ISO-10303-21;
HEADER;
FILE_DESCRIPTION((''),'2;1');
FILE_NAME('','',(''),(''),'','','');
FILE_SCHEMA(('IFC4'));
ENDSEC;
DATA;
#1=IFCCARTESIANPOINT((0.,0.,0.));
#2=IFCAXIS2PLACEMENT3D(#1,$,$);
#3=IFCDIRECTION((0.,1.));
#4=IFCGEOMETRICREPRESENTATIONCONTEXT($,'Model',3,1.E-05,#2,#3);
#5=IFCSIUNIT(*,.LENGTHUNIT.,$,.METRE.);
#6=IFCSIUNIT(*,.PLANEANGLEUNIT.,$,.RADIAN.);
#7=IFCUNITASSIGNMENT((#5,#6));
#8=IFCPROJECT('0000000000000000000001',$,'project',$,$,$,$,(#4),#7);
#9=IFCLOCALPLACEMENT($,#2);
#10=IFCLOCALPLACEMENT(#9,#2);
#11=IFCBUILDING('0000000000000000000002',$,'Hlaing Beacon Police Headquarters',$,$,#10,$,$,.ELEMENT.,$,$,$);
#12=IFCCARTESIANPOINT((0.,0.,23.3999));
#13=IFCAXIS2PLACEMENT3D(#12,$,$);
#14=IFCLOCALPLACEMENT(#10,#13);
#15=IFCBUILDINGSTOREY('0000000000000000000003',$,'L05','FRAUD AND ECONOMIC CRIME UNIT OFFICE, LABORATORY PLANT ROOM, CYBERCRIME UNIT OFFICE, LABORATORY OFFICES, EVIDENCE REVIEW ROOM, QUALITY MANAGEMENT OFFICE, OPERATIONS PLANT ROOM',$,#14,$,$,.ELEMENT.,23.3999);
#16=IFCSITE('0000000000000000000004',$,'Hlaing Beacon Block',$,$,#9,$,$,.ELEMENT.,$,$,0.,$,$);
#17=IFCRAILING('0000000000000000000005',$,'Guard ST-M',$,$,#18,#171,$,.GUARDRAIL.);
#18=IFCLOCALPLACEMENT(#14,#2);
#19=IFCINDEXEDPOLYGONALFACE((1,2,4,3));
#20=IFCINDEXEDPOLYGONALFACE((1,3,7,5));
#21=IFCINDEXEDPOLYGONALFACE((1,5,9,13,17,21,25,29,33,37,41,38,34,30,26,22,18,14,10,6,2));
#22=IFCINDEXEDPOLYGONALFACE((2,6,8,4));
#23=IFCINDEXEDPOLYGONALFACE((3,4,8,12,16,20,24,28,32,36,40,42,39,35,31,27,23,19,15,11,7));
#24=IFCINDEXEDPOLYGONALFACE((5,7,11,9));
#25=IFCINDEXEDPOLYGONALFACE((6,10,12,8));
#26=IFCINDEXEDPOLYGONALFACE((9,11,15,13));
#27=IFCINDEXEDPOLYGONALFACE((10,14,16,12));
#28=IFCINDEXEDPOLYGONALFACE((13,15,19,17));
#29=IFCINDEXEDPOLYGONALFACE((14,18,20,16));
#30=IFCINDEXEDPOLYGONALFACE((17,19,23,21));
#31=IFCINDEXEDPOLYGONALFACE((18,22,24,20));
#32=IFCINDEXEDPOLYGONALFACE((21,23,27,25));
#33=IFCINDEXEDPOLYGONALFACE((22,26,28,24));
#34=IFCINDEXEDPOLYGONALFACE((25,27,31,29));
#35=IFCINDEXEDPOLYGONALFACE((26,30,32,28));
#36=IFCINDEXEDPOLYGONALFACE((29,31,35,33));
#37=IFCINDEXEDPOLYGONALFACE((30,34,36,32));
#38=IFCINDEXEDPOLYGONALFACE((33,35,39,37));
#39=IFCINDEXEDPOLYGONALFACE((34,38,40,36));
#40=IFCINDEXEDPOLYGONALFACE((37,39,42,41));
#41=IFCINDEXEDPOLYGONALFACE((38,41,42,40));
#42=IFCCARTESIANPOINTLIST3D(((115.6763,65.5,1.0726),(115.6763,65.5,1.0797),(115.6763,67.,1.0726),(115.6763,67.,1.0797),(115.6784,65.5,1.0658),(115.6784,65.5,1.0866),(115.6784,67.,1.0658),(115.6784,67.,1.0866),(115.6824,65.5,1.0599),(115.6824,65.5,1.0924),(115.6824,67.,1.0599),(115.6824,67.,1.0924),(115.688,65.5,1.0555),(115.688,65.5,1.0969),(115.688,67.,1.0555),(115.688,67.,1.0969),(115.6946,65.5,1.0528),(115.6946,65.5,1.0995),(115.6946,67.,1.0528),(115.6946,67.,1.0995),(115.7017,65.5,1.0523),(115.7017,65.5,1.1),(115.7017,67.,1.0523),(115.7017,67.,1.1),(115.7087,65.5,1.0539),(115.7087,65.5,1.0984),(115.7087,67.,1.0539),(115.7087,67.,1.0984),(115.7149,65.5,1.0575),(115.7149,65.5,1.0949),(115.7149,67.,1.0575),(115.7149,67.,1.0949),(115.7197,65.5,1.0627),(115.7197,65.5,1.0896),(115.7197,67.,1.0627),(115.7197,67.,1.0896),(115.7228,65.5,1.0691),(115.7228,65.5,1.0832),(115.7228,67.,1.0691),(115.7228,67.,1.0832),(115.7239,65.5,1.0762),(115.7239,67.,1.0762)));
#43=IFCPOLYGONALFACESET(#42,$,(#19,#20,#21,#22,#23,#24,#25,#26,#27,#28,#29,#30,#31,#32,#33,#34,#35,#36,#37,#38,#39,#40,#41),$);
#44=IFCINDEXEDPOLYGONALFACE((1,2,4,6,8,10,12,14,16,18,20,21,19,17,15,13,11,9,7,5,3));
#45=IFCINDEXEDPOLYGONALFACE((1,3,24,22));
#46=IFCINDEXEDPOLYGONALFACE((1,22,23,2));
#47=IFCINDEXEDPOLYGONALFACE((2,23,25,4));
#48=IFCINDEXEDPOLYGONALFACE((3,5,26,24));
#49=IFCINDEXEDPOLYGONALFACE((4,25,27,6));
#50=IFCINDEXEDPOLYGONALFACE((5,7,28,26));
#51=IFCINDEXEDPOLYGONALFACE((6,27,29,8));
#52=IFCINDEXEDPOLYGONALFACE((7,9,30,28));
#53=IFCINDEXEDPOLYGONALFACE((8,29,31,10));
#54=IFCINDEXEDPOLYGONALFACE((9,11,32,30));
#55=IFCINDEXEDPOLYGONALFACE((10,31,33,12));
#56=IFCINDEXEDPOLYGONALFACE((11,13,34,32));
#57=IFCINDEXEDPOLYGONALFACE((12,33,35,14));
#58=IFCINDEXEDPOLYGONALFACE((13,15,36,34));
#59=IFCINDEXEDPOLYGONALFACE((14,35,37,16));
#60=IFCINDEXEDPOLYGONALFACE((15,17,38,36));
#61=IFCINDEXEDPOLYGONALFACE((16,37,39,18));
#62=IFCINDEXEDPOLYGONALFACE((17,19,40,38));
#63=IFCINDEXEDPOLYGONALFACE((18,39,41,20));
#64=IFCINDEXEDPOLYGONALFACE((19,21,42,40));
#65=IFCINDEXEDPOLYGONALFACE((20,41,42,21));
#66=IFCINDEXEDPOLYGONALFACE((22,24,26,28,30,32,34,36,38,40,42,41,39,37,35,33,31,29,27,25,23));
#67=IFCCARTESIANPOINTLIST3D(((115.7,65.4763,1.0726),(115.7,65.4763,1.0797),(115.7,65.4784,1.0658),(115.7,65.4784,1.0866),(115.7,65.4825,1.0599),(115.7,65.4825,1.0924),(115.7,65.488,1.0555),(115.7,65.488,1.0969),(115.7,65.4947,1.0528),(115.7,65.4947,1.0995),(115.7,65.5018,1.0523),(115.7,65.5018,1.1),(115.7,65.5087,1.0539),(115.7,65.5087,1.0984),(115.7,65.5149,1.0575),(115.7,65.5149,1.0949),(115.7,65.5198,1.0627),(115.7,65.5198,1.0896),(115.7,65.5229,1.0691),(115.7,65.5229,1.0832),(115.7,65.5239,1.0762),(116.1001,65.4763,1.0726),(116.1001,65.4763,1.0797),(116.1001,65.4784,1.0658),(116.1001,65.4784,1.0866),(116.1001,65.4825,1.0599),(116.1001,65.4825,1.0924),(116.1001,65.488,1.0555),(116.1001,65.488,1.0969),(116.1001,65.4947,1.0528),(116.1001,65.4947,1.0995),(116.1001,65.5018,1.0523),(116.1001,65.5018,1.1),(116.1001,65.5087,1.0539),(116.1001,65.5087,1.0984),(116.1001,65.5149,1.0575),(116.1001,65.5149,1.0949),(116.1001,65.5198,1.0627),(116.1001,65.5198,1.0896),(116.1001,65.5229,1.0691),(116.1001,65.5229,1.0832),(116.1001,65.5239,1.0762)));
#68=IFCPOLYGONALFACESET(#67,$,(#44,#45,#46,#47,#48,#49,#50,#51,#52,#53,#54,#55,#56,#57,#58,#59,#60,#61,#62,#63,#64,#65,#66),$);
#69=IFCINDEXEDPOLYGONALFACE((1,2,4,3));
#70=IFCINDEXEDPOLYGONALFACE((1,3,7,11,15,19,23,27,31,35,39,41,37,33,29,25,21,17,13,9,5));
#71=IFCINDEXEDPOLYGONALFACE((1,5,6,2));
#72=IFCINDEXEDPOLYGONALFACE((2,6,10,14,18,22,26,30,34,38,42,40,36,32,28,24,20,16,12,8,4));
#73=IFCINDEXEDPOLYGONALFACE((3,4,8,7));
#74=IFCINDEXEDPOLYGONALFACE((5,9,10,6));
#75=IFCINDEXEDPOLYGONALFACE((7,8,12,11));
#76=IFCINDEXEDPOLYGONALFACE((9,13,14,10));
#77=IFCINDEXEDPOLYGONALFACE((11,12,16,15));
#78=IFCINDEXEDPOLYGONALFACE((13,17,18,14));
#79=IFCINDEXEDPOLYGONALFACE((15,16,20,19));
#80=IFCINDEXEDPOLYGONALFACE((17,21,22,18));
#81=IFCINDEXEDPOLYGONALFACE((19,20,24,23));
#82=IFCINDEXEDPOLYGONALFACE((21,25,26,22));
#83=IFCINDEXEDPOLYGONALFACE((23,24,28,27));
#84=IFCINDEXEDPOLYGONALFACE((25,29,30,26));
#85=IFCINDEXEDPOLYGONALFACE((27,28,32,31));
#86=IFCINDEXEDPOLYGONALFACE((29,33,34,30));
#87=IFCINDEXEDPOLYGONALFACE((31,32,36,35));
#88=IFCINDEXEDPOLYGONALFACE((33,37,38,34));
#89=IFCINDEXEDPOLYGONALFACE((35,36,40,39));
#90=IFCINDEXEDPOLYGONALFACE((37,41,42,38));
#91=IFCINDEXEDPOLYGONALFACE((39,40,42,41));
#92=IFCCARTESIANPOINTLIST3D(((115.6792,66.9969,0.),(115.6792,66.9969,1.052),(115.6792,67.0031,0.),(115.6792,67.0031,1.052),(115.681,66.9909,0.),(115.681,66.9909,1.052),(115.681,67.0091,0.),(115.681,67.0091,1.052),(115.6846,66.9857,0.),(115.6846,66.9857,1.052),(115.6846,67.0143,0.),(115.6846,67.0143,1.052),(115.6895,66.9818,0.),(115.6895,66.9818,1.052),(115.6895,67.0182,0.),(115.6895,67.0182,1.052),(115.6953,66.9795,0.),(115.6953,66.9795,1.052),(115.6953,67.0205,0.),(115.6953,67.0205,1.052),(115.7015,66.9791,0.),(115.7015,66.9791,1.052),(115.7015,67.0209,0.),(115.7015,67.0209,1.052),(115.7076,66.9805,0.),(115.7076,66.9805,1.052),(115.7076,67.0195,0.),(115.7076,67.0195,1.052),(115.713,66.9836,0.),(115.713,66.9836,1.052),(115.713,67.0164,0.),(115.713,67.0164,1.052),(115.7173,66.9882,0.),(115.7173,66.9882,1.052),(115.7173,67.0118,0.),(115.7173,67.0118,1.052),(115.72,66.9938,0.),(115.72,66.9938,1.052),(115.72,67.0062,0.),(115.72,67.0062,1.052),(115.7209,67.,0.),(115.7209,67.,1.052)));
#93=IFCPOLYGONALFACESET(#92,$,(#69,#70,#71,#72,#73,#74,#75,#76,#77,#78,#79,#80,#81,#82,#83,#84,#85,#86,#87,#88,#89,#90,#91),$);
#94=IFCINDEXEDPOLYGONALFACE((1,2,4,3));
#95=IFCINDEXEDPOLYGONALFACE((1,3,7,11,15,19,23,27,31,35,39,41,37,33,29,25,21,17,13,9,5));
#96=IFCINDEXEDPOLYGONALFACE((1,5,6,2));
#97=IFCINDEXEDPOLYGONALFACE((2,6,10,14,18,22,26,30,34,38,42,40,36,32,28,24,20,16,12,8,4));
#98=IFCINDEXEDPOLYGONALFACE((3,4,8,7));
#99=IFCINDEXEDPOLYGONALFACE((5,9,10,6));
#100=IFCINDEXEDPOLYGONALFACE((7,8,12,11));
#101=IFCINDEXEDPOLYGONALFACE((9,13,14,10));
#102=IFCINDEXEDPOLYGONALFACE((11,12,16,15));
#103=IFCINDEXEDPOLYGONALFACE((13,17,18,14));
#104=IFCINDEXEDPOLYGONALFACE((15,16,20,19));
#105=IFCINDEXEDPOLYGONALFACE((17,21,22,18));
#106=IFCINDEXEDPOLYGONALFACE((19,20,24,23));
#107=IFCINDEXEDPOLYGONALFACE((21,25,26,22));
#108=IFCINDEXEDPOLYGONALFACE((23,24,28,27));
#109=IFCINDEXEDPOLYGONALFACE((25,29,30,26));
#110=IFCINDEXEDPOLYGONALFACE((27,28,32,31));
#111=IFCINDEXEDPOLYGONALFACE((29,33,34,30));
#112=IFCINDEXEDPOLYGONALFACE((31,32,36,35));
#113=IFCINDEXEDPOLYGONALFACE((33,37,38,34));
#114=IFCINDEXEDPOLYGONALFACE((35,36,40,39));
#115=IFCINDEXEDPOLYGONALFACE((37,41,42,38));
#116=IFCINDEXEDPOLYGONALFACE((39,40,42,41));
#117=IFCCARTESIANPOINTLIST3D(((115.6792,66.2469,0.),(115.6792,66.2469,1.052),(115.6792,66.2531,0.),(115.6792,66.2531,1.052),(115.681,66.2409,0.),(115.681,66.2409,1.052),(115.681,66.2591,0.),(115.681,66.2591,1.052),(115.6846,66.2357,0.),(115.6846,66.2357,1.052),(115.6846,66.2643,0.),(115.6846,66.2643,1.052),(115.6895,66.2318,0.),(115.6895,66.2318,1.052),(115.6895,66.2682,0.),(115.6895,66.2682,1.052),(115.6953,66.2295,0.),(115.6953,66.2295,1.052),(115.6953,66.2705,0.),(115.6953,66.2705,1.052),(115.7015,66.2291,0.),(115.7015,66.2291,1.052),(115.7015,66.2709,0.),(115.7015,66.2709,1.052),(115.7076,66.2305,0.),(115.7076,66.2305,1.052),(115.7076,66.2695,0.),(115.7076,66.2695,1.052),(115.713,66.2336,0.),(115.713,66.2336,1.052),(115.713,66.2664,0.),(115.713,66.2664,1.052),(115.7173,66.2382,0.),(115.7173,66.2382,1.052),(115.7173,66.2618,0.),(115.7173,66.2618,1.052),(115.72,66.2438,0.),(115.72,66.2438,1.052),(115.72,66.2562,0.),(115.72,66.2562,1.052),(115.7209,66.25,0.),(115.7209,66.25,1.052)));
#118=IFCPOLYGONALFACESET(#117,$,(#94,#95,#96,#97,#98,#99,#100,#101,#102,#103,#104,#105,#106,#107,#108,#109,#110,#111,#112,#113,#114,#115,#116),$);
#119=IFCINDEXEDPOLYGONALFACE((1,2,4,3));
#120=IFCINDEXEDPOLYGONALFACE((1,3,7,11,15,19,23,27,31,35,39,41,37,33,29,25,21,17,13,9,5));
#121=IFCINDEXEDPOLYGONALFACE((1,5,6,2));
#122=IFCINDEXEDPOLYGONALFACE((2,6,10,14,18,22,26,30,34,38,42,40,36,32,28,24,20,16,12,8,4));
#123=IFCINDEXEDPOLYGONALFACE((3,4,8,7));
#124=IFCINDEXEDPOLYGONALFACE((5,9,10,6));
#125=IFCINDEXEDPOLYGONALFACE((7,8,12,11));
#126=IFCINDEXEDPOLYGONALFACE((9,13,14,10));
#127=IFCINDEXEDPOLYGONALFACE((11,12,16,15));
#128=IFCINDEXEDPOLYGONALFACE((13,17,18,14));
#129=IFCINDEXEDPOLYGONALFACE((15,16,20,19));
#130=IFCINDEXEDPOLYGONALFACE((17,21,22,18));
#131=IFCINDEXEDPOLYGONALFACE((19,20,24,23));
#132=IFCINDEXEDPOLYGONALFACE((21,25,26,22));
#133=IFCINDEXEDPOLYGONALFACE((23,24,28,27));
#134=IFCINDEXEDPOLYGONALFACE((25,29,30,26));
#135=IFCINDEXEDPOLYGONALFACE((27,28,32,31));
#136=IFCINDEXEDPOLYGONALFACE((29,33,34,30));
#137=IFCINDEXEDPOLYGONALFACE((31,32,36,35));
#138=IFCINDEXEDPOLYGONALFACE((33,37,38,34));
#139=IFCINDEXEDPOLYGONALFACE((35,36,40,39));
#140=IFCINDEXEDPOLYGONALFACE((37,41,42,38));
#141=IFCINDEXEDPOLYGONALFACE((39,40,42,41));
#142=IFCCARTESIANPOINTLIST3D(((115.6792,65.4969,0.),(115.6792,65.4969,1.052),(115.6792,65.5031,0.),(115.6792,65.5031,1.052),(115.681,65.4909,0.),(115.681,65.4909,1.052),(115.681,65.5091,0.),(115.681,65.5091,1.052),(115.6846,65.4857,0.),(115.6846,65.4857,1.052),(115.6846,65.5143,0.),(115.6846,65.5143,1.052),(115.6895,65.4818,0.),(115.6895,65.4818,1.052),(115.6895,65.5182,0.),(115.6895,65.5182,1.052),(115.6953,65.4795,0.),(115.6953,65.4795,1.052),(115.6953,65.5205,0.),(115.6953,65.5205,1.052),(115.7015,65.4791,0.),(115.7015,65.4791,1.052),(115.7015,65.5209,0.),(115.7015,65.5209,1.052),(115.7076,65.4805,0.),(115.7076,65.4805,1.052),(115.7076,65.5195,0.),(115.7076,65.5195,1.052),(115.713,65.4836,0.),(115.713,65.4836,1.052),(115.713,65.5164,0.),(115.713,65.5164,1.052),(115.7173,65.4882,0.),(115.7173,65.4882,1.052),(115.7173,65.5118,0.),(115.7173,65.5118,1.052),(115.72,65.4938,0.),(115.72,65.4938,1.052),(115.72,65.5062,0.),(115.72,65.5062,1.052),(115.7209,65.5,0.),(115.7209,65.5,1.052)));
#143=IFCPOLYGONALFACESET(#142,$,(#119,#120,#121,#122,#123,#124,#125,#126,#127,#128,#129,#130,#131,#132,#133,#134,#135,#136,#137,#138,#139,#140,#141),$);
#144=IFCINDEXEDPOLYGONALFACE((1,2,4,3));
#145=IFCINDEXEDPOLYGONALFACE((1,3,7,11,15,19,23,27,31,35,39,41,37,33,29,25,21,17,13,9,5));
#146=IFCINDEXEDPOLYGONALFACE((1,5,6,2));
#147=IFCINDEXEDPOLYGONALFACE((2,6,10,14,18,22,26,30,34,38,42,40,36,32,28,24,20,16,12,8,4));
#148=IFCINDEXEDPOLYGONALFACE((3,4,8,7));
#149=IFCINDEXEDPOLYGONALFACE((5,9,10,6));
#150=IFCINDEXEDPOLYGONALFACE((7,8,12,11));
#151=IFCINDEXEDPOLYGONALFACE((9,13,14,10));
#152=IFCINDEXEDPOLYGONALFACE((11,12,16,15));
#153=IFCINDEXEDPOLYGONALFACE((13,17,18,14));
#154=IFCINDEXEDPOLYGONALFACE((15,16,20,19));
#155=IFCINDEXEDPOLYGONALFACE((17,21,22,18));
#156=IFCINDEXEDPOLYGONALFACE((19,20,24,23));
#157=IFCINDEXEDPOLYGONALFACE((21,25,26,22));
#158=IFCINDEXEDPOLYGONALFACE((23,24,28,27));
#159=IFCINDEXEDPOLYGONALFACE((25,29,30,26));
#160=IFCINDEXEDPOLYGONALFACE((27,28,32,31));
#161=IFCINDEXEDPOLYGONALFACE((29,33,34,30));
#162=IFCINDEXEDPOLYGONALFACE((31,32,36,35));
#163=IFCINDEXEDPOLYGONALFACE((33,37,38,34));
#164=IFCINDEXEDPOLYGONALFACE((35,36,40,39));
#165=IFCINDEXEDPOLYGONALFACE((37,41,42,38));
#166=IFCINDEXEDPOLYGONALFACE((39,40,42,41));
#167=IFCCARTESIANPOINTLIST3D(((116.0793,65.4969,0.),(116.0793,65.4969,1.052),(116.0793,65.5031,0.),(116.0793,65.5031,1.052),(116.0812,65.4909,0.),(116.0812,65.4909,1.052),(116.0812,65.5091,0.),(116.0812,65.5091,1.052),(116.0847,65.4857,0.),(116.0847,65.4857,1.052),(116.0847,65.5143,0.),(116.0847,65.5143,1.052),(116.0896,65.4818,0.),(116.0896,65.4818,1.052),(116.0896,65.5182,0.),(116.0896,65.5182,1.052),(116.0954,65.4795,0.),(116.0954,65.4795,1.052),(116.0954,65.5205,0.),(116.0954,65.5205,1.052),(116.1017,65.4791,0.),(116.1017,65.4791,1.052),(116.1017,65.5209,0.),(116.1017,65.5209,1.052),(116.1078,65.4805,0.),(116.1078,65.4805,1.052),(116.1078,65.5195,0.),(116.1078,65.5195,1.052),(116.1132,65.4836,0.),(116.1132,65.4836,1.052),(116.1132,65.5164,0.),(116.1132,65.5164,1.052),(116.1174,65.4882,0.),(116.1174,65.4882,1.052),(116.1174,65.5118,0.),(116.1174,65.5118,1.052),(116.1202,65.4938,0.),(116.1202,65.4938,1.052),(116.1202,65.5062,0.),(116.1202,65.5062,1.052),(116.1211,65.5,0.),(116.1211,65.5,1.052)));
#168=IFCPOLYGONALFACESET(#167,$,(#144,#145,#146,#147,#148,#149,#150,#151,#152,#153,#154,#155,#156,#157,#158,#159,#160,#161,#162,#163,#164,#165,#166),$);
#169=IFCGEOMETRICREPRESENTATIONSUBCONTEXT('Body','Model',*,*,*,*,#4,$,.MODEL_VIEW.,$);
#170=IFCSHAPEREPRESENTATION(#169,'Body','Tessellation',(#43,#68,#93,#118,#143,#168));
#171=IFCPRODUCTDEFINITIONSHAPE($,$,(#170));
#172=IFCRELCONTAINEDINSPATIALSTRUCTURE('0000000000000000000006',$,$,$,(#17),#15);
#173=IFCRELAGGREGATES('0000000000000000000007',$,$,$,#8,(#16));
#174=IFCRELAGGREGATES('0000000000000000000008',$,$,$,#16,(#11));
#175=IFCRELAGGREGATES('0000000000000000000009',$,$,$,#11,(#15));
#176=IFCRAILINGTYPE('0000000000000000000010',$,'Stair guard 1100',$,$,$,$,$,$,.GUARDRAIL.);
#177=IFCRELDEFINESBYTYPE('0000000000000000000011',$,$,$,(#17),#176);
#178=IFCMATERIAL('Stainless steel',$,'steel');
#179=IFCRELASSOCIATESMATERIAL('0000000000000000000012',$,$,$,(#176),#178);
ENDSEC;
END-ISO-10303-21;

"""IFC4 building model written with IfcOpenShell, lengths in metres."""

from ifc_helpers import new_model, si_unit, direction, frame, origin, origin_2d, place, context, subcontext, project, spatial, circle, extrude, material, type_object, element, save


model = new_model("IFC4")

# Units and contexts
model_context = context("Model", 3, precision=1e-05, world=origin(), true_north=direction((0.0, 1.0)))
body_context = subcontext(model_context, "Body", "Model", "MODEL_VIEW")
ifc_project = project(units=[si_unit("LENGTHUNIT", "METRE"), si_unit("PLANEANGLEUNIT", "RADIAN")], contexts=[model_context])

# Site, building, storey
site_placement = place(None, origin())
site = spatial("IfcSite", under=ifc_project, at=site_placement, Name="Hlaing Beacon Block", CompositionType="ELEMENT", RefElevation=0.0)
building_placement = place(site_placement, origin())
building = spatial("IfcBuilding", under=site, at=building_placement, Name="Hlaing Beacon Police Headquarters", CompositionType="ELEMENT")
storey_placement = place(building_placement, frame((0.0, 0.0, 23.3999)))
storey = spatial("IfcBuildingStorey", under=building, at=storey_placement, Name="L05", Description="FRAUD AND ECONOMIC CRIME UNIT OFFICE, LABORATORY PLANT ROOM, CYBERCRIME UNIT OFFICE, LABORATORY OFFICES, EVIDENCE REVIEW ROOM, QUALITY MANAGEMENT OFFICE, OPERATIONS PLANT ROOM", CompositionType="ELEMENT", Elevation=23.3999)

# Railing
ifc_material_1 = material(Name="Stainless steel", Category="steel")
railing_type_1 = type_object("IfcRailingType", Name="Stair guard 1100", PredefinedType="GUARDRAIL", material=ifc_material_1)
railing_placement = place(storey_placement, frame((115.7, 67.0, 0.0)))
element("IfcRailing", 1, at=railing_placement, inside=storey, type_object=railing_type_1, Name="Guard ST-M", PredefinedType="GUARDRAIL", context=body_context, shape_type="SweptSolid", body=[
    extrude(circle(Radius=0.0239, at=origin_2d()), frame((0.0, 0.0, 1.0762), z_axis=(0.0, -1.0, 0.0), x_axis=(1.0, 0.0, 0.0)), (0.0, 0.0, 1.0), 1.5),
    extrude(circle(Radius=0.0239, at=origin_2d()), frame((0.0, -1.5, 1.0762), z_axis=(1.0, 0.0, 0.0), x_axis=(0.0, 1.0, 0.0)), (0.0, 0.0, 1.0), 0.4001),
    extrude(circle(Radius=0.021, at=origin_2d()), origin(), (0.0, 0.0, 1.0), 1.052),
    extrude(circle(Radius=0.021, at=origin_2d()), frame((0.0, -0.75, 0.0)), (0.0, 0.0, 1.0), 1.052),
    extrude(circle(Radius=0.021, at=origin_2d()), frame((0.0, -1.5, 0.0)), (0.0, 0.0, 1.0), 1.052),
    extrude(circle(Radius=0.021, at=origin_2d()), frame((0.4001, -1.5, 0.0)), (0.0, 0.0, 1.0), 1.052),
])

save(model, "model.ifc")
